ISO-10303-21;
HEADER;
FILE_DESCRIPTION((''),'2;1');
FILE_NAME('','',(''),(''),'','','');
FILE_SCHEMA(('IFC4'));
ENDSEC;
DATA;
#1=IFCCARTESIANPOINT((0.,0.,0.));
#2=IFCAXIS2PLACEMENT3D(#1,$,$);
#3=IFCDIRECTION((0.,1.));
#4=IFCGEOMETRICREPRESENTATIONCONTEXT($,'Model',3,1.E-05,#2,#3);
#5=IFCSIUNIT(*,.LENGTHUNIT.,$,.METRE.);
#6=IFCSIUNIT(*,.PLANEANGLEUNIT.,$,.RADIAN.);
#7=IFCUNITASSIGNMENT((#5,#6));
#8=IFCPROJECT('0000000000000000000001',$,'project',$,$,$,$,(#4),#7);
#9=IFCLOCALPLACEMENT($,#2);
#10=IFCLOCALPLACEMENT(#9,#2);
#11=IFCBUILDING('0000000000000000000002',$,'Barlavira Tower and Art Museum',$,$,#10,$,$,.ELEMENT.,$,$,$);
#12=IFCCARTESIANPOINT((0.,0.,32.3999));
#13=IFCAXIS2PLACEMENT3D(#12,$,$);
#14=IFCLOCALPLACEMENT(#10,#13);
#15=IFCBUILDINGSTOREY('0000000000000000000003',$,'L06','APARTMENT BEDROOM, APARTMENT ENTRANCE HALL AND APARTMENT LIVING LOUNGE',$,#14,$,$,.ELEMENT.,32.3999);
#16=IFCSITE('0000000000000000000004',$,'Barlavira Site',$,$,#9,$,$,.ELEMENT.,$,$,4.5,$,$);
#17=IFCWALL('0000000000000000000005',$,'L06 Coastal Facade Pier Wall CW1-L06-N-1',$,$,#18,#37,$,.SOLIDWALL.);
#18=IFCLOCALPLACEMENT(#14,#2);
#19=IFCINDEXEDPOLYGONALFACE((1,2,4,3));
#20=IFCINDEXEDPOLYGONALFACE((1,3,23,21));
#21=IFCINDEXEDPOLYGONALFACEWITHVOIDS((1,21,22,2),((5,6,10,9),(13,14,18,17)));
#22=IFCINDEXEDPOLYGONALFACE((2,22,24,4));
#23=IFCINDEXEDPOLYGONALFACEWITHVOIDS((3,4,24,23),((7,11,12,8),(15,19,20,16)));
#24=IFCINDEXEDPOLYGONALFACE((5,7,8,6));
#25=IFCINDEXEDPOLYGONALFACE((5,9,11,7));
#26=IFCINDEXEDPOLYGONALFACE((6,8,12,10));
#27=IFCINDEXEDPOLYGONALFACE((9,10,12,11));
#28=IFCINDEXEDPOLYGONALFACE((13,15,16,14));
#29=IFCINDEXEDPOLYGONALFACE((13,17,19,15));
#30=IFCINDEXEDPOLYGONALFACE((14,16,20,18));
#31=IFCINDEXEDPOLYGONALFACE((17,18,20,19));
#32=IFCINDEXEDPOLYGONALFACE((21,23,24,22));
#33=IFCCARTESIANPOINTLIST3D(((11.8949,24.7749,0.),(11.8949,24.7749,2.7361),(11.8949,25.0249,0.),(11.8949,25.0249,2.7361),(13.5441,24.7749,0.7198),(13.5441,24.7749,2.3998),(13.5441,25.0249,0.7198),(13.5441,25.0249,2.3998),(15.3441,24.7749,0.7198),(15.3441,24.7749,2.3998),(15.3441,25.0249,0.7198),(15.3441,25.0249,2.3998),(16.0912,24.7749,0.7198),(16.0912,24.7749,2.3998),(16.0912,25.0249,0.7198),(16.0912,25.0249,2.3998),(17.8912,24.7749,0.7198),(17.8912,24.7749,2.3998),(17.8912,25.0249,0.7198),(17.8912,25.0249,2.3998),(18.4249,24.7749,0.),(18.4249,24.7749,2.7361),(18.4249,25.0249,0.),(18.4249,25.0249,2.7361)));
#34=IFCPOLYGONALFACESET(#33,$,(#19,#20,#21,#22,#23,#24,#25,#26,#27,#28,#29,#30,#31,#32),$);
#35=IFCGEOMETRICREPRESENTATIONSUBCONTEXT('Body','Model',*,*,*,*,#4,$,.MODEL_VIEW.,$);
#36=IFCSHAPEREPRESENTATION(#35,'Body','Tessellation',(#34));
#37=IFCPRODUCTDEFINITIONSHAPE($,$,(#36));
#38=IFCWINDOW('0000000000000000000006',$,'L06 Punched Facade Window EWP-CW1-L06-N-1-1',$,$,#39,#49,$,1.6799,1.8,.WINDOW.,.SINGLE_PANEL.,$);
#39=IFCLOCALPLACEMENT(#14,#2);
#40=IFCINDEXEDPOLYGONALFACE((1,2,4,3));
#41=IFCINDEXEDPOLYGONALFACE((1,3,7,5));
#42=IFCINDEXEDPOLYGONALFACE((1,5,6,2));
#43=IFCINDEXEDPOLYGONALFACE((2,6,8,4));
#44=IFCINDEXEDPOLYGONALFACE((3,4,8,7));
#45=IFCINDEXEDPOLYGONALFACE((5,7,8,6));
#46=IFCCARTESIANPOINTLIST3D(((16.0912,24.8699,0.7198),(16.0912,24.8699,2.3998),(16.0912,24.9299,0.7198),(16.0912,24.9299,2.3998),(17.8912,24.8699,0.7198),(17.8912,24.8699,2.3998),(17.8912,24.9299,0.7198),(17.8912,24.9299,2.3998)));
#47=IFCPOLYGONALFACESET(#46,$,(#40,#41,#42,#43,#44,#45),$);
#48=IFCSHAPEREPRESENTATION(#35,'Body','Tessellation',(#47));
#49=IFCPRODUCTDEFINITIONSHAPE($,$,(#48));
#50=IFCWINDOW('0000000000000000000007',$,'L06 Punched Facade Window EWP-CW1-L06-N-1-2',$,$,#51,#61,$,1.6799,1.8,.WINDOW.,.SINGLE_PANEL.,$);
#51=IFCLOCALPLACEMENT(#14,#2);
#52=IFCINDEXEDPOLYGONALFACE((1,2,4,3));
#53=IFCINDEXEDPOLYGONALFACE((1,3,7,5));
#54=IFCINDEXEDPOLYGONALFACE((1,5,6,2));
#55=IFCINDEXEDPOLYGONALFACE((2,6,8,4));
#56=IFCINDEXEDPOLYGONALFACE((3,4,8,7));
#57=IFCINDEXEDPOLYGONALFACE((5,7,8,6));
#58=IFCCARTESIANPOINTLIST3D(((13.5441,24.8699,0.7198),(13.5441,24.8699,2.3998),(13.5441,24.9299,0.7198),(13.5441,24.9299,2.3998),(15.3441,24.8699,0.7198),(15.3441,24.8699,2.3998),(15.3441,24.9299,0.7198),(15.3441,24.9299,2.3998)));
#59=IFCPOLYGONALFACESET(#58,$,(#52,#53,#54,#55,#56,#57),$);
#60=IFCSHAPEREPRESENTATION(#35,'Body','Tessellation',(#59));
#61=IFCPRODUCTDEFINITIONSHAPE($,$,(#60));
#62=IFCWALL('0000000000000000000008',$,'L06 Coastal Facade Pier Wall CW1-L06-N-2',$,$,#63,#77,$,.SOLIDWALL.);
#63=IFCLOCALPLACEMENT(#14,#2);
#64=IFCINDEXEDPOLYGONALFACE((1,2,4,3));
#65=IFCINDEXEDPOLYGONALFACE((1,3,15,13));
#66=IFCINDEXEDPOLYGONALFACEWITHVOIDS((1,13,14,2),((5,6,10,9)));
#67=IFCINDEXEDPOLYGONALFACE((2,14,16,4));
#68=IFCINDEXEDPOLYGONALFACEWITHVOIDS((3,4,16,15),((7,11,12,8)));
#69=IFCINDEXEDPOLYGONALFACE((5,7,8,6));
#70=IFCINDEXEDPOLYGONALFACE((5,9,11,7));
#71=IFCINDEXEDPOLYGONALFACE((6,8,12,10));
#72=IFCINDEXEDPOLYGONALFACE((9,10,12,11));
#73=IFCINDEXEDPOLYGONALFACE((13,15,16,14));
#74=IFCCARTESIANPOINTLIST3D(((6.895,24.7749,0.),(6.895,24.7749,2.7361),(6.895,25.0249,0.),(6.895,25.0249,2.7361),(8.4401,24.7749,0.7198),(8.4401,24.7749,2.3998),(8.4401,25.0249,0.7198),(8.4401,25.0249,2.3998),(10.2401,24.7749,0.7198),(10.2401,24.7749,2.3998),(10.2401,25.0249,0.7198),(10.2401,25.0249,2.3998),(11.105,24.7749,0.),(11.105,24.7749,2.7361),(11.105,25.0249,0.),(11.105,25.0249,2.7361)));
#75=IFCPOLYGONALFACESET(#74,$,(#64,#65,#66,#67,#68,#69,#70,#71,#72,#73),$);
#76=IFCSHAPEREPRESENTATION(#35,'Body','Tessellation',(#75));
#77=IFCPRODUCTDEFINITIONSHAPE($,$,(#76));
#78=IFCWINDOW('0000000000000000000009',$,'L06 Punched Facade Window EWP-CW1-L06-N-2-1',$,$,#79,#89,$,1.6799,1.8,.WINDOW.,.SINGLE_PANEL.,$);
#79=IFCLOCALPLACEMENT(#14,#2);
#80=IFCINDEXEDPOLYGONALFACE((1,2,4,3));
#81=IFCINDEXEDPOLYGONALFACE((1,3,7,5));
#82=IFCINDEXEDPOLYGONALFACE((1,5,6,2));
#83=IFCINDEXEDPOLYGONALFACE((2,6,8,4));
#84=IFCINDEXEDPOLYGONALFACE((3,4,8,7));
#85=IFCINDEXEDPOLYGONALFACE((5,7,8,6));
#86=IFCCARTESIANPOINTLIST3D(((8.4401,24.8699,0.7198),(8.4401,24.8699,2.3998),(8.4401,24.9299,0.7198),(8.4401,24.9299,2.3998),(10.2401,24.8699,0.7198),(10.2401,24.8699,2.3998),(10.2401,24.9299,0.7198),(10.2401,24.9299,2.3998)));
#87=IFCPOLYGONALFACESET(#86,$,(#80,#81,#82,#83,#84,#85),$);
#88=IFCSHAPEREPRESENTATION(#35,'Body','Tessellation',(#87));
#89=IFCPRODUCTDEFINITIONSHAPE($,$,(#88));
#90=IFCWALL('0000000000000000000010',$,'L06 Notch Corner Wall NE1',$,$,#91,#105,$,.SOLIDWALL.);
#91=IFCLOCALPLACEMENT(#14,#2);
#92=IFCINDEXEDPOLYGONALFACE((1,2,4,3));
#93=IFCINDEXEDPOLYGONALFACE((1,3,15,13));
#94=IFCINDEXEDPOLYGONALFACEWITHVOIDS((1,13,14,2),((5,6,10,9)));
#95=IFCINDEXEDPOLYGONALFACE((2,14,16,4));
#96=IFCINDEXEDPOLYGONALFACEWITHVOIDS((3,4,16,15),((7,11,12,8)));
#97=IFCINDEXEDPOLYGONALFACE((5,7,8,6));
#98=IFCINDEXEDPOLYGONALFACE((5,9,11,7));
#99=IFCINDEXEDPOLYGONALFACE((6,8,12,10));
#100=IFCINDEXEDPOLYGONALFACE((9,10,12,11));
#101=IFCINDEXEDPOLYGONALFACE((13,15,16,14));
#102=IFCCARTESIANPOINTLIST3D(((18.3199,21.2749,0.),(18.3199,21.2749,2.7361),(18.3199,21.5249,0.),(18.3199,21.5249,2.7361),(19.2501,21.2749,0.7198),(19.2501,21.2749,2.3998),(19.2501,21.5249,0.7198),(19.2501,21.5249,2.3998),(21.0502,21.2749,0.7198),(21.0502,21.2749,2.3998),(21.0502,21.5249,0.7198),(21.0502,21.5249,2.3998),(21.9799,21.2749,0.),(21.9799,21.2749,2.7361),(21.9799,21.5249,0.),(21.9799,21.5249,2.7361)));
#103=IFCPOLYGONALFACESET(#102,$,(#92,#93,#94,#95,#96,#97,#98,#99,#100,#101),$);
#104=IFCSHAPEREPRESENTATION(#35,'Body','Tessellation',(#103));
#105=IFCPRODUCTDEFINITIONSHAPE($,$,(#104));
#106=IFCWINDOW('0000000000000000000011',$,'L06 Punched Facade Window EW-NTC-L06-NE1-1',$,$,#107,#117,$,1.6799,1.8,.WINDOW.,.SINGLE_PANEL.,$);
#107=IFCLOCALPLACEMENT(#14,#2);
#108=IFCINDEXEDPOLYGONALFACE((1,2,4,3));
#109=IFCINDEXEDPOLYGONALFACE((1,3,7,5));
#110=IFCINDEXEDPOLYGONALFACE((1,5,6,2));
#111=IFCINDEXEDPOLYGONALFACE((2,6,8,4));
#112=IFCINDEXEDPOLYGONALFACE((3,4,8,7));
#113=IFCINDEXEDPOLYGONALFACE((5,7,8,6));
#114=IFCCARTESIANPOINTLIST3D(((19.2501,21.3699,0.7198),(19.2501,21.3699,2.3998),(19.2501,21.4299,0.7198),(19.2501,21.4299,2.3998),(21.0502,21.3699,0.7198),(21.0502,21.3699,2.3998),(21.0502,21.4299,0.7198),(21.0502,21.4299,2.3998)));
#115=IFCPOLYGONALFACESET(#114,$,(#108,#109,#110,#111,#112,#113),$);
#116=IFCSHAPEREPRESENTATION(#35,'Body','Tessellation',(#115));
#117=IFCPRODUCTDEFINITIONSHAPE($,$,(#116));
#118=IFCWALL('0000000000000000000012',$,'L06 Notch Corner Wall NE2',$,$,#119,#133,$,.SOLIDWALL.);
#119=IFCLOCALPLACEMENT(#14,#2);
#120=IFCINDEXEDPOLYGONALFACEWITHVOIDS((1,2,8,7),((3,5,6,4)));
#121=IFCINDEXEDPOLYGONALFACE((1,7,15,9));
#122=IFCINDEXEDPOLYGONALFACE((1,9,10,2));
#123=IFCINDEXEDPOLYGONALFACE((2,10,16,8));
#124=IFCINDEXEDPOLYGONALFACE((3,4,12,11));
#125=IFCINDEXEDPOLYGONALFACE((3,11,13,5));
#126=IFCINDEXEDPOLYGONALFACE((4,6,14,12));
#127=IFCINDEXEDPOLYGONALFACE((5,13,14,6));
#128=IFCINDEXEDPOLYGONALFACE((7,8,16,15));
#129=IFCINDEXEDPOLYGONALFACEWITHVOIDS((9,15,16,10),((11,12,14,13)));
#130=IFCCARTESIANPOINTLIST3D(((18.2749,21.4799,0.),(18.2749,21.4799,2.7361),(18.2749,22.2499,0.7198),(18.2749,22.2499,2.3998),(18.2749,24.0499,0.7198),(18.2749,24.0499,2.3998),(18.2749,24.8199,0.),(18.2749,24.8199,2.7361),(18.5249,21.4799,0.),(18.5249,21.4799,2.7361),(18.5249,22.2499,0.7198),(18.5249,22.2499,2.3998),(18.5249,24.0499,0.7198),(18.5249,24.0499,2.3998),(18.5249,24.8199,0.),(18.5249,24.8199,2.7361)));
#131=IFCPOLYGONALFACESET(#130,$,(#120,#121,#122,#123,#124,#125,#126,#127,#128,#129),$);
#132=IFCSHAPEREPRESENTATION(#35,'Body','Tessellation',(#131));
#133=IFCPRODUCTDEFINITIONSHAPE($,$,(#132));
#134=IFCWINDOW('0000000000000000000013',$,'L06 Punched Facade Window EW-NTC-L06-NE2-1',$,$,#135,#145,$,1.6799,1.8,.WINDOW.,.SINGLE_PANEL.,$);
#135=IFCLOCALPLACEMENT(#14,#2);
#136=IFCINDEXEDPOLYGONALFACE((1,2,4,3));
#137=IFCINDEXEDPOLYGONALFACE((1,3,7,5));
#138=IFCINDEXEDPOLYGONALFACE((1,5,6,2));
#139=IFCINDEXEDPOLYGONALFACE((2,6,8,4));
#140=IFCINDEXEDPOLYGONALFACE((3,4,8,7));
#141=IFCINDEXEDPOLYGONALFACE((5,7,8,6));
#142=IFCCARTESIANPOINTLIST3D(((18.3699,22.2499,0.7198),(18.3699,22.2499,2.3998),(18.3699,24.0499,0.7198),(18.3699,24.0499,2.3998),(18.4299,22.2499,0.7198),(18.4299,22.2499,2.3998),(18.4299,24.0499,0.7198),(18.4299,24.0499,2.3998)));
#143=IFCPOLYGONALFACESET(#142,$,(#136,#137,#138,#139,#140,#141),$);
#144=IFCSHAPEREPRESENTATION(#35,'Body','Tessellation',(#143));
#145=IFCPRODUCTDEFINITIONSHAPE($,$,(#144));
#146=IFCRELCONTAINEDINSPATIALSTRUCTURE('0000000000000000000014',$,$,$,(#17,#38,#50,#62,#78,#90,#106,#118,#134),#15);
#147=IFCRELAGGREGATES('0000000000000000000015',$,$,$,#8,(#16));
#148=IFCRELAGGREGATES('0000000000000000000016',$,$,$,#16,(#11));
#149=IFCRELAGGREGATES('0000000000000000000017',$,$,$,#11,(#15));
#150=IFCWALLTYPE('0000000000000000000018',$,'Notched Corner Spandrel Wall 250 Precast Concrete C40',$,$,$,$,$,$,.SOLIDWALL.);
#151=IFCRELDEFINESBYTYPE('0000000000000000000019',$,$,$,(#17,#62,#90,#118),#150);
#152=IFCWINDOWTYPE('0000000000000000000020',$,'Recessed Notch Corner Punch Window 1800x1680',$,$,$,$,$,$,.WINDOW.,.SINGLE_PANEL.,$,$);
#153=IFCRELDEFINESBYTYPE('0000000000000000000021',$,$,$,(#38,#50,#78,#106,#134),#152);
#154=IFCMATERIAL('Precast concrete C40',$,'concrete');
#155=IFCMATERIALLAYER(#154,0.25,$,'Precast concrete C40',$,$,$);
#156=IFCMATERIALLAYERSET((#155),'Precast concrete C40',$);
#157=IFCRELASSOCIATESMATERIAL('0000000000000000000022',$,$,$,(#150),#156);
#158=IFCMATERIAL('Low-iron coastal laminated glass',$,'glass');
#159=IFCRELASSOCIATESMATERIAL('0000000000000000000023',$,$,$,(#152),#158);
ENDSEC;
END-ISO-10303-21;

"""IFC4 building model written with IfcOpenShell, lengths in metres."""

from ifc_helpers import new_model, si_unit, direction, frame, frame_2d, origin, place, context, subcontext, project, spatial, rectangle, extrude, material, layer, layer_set, type_object, element, fill, save


model = new_model("IFC4")

# Units and contexts
model_context = context("Model", 3, precision=1e-05, world=origin(), true_north=direction((0.0, 1.0)))
body_context = subcontext(model_context, "Body", "Model", "MODEL_VIEW")
ifc_project = project(units=[si_unit("LENGTHUNIT", "METRE"), si_unit("PLANEANGLEUNIT", "RADIAN")], contexts=[model_context])

# Site, building, storey
site_placement = place(None, origin())
site = spatial("IfcSite", under=ifc_project, at=site_placement, Name="Barlavira Site", CompositionType="ELEMENT", RefElevation=4.5)
building_placement = place(site_placement, origin())
building = spatial("IfcBuilding", under=site, at=building_placement, Name="Barlavira Tower and Art Museum", CompositionType="ELEMENT")
storey_placement = place(building_placement, frame((0.0, 0.0, 32.3999)))
storey = spatial("IfcBuildingStorey", under=building, at=storey_placement, Name="L06", Description="APARTMENT BEDROOM, APARTMENT ENTRANCE HALL AND APARTMENT LIVING LOUNGE", CompositionType="ELEMENT", Elevation=32.3999)

# Wall, openings, windows
ifc_material_1 = material(Name="Precast concrete C40", Category="concrete")
ifc_layer_1 = layer(ifc_material_1, 0.25, Name="Precast concrete C40")
ifc_layer_set_1 = layer_set([ifc_layer_1], Name="Precast concrete C40")
wall_type_1 = type_object("IfcWallType", Name="Notched Corner Spandrel Wall 250 Precast Concrete C40", PredefinedType="SOLIDWALL", material=ifc_layer_set_1)
wall_1_placement = place(storey_placement, frame((18.425, 24.8999, 0.0), z_axis=(0.0, 0.0, 1.0), x_axis=(-1.0, 0.0, 0.0)))
wall_1 = element("IfcWall", 1, at=wall_1_placement, inside=storey, type_object=wall_type_1, Name="L06 Coastal Facade Pier Wall CW1-L06-N-1", PredefinedType="SOLIDWALL", context=body_context, shape_type="SweptSolid", body=[
    extrude(rectangle(XDim=6.53, YDim=0.25, at=frame_2d((3.2651, 0.0))), origin(), (0.0, 0.0, 1.0), 2.7361),
])
opening_1_placement = place(wall_1_placement, frame((0.5339, 0.0, 0.72)))
opening_1 = element("IfcOpeningElement", 2, at=opening_1_placement, cuts=wall_1, PredefinedType="OPENING", context=body_context, shape_type="SweptSolid", body=[
    extrude(rectangle(XDim=1.8, YDim=1.6799, at=frame_2d((0.8999, 0.8398))), frame((0.0, 0.135, 0.0), z_axis=(0.0, -1.0, 0.0), x_axis=(1.0, 0.0, 0.0)), (0.0, 0.0, 1.0), 0.27),
])
opening_2_placement = place(wall_1_placement, frame((3.0811, 0.0, 0.72)))
opening_2 = element("IfcOpeningElement", 3, at=opening_2_placement, cuts=wall_1, PredefinedType="OPENING", context=body_context, shape_type="SweptSolid", body=[
    extrude(rectangle(XDim=1.8, YDim=1.6799, at=frame_2d((0.8999, 0.8398))), frame((0.0, 0.135, 0.0), z_axis=(0.0, -1.0, 0.0), x_axis=(1.0, 0.0, 0.0)), (0.0, 0.0, 1.0), 0.27),
])
ifc_material_2 = material(Name="Low-iron coastal laminated glass", Category="glass")
window_type = type_object("IfcWindowType", Name="Recessed Notch Corner Punch Window 1800x1680", PartitioningType="SINGLE_PANEL", PredefinedType="WINDOW", material=ifc_material_2)
window_1_placement = place(opening_1_placement, origin())
window_1 = element("IfcWindow", 4, at=window_1_placement, inside=storey, type_object=window_type, Name="L06 Punched Facade Window EWP-CW1-L06-N-1-1", OverallHeight=1.6799, OverallWidth=1.8, PartitioningType="SINGLE_PANEL", PredefinedType="WINDOW", context=body_context, shape_type="SweptSolid", body=[
    extrude(rectangle(XDim=1.8, YDim=1.6799, at=frame_2d((0.8999, 0.8398))), frame((0.0, 0.03, 0.0), z_axis=(0.0, -1.0, 0.0), x_axis=(1.0, 0.0, 0.0)), (0.0, 0.0, 1.0), 0.0601),
])
fill(opening_1, window_1)
window_2_placement = place(opening_2_placement, origin())
window_2 = element("IfcWindow", 5, at=window_2_placement, inside=storey, type_object=window_type, Name="L06 Punched Facade Window EWP-CW1-L06-N-1-2", OverallHeight=1.6799, OverallWidth=1.8, PartitioningType="SINGLE_PANEL", PredefinedType="WINDOW", context=body_context, shape_type="SweptSolid", body=[
    extrude(rectangle(XDim=1.8, YDim=1.6799, at=frame_2d((0.8999, 0.8398))), frame((0.0, 0.03, 0.0), z_axis=(0.0, -1.0, 0.0), x_axis=(1.0, 0.0, 0.0)), (0.0, 0.0, 1.0), 0.0601),
])
fill(opening_2, window_2)

# Walls, openings, windows
wall_2_placement = place(storey_placement, frame((11.105, 24.8999, 0.0), z_axis=(0.0, 0.0, 1.0), x_axis=(-1.0, 0.0, 0.0)))
wall_2 = element("IfcWall", 6, at=wall_2_placement, inside=storey, type_object=wall_type_1, Name="L06 Coastal Facade Pier Wall CW1-L06-N-2", PredefinedType="SOLIDWALL", context=body_context, shape_type="SweptSolid", body=[
    extrude(rectangle(XDim=4.21, YDim=0.25, at=frame_2d((2.105, 0.0))), origin(), (0.0, 0.0, 1.0), 2.7361),
])
opening_3_placement = place(wall_2_placement, frame((0.865, 0.0, 0.72)))
opening_3 = element("IfcOpeningElement", 7, at=opening_3_placement, cuts=wall_2, PredefinedType="OPENING", context=body_context, shape_type="SweptSolid", body=[
    extrude(rectangle(XDim=1.8, YDim=1.6799, at=frame_2d((0.8999, 0.8398))), frame((0.0, 0.135, 0.0), z_axis=(0.0, -1.0, 0.0), x_axis=(1.0, 0.0, 0.0)), (0.0, 0.0, 1.0), 0.27),
])
window_3_placement = place(opening_3_placement, origin())
window_3 = element("IfcWindow", 8, at=window_3_placement, inside=storey, type_object=window_type, Name="L06 Punched Facade Window EWP-CW1-L06-N-2-1", OverallHeight=1.6799, OverallWidth=1.8, PartitioningType="SINGLE_PANEL", PredefinedType="WINDOW", context=body_context, shape_type="SweptSolid", body=[
    extrude(rectangle(XDim=1.8, YDim=1.6799, at=frame_2d((0.8999, 0.8398))), frame((0.0, 0.03, 0.0), z_axis=(0.0, -1.0, 0.0), x_axis=(1.0, 0.0, 0.0)), (0.0, 0.0, 1.0), 0.0601),
])
fill(opening_3, window_3)
wall_3_placement = place(storey_placement, frame((21.98, 21.3999, 0.0), z_axis=(0.0, 0.0, 1.0), x_axis=(-1.0, 0.0, 0.0)))
wall_3 = element("IfcWall", 9, at=wall_3_placement, inside=storey, type_object=wall_type_1, Name="L06 Notch Corner Wall NE1", PredefinedType="SOLIDWALL", context=body_context, shape_type="SweptSolid", body=[
    extrude(rectangle(XDim=3.6599, YDim=0.25, at=frame_2d((1.8301, 0.0))), origin(), (0.0, 0.0, 1.0), 2.7361),
])
opening_4_placement = place(wall_3_placement, frame((0.9299, 0.0, 0.72)))
opening_4 = element("IfcOpeningElement", 10, at=opening_4_placement, cuts=wall_3, PredefinedType="OPENING", context=body_context, shape_type="SweptSolid", body=[
    extrude(rectangle(XDim=1.8, YDim=1.6799, at=frame_2d((0.8999, 0.8398))), frame((0.0, 0.135, 0.0), z_axis=(0.0, -1.0, 0.0), x_axis=(1.0, 0.0, 0.0)), (0.0, 0.0, 1.0), 0.27),
])
window_4_placement = place(opening_4_placement, origin())
window_4 = element("IfcWindow", 11, at=window_4_placement, inside=storey, type_object=window_type, Name="L06 Punched Facade Window EW-NTC-L06-NE1-1", OverallHeight=1.6799, OverallWidth=1.8, PartitioningType="SINGLE_PANEL", PredefinedType="WINDOW", context=body_context, shape_type="SweptSolid", body=[
    extrude(rectangle(XDim=1.8, YDim=1.6799, at=frame_2d((0.8999, 0.8398))), frame((0.0, 0.03, 0.0), z_axis=(0.0, -1.0, 0.0), x_axis=(1.0, 0.0, 0.0)), (0.0, 0.0, 1.0), 0.0601),
])
fill(opening_4, window_4)
wall_4_placement = place(storey_placement, frame((18.3999, 21.48, 0.0), z_axis=(0.0, 0.0, 1.0), x_axis=(0.0, 1.0, 0.0)))
wall_4 = element("IfcWall", 12, at=wall_4_placement, inside=storey, type_object=wall_type_1, Name="L06 Notch Corner Wall NE2", PredefinedType="SOLIDWALL", context=body_context, shape_type="SweptSolid", body=[
    extrude(rectangle(XDim=3.3401, YDim=0.25, at=frame_2d((1.6699, 0.0))), origin(), (0.0, 0.0, 1.0), 2.7361),
])
opening_5_placement = place(wall_4_placement, frame((0.77, 0.0, 0.72)))
opening_5 = element("IfcOpeningElement", 13, at=opening_5_placement, cuts=wall_4, PredefinedType="OPENING", context=body_context, shape_type="SweptSolid", body=[
    extrude(rectangle(XDim=1.8, YDim=1.6799, at=frame_2d((0.8999, 0.8398))), frame((0.0, 0.135, 0.0), z_axis=(0.0, -1.0, 0.0), x_axis=(1.0, 0.0, 0.0)), (0.0, 0.0, 1.0), 0.27),
])
window_5_placement = place(opening_5_placement, origin())
window_5 = element("IfcWindow", 14, at=window_5_placement, inside=storey, type_object=window_type, Name="L06 Punched Facade Window EW-NTC-L06-NE2-1", OverallHeight=1.6799, OverallWidth=1.8, PartitioningType="SINGLE_PANEL", PredefinedType="WINDOW", context=body_context, shape_type="SweptSolid", body=[
    extrude(rectangle(XDim=1.8, YDim=1.6799, at=frame_2d((0.8999, 0.8398))), frame((0.0, 0.03, 0.0), z_axis=(0.0, -1.0, 0.0), x_axis=(1.0, 0.0, 0.0)), (0.0, 0.0, 1.0), 0.0601),
])
fill(opening_5, window_5)

save(model, "model.ifc")
